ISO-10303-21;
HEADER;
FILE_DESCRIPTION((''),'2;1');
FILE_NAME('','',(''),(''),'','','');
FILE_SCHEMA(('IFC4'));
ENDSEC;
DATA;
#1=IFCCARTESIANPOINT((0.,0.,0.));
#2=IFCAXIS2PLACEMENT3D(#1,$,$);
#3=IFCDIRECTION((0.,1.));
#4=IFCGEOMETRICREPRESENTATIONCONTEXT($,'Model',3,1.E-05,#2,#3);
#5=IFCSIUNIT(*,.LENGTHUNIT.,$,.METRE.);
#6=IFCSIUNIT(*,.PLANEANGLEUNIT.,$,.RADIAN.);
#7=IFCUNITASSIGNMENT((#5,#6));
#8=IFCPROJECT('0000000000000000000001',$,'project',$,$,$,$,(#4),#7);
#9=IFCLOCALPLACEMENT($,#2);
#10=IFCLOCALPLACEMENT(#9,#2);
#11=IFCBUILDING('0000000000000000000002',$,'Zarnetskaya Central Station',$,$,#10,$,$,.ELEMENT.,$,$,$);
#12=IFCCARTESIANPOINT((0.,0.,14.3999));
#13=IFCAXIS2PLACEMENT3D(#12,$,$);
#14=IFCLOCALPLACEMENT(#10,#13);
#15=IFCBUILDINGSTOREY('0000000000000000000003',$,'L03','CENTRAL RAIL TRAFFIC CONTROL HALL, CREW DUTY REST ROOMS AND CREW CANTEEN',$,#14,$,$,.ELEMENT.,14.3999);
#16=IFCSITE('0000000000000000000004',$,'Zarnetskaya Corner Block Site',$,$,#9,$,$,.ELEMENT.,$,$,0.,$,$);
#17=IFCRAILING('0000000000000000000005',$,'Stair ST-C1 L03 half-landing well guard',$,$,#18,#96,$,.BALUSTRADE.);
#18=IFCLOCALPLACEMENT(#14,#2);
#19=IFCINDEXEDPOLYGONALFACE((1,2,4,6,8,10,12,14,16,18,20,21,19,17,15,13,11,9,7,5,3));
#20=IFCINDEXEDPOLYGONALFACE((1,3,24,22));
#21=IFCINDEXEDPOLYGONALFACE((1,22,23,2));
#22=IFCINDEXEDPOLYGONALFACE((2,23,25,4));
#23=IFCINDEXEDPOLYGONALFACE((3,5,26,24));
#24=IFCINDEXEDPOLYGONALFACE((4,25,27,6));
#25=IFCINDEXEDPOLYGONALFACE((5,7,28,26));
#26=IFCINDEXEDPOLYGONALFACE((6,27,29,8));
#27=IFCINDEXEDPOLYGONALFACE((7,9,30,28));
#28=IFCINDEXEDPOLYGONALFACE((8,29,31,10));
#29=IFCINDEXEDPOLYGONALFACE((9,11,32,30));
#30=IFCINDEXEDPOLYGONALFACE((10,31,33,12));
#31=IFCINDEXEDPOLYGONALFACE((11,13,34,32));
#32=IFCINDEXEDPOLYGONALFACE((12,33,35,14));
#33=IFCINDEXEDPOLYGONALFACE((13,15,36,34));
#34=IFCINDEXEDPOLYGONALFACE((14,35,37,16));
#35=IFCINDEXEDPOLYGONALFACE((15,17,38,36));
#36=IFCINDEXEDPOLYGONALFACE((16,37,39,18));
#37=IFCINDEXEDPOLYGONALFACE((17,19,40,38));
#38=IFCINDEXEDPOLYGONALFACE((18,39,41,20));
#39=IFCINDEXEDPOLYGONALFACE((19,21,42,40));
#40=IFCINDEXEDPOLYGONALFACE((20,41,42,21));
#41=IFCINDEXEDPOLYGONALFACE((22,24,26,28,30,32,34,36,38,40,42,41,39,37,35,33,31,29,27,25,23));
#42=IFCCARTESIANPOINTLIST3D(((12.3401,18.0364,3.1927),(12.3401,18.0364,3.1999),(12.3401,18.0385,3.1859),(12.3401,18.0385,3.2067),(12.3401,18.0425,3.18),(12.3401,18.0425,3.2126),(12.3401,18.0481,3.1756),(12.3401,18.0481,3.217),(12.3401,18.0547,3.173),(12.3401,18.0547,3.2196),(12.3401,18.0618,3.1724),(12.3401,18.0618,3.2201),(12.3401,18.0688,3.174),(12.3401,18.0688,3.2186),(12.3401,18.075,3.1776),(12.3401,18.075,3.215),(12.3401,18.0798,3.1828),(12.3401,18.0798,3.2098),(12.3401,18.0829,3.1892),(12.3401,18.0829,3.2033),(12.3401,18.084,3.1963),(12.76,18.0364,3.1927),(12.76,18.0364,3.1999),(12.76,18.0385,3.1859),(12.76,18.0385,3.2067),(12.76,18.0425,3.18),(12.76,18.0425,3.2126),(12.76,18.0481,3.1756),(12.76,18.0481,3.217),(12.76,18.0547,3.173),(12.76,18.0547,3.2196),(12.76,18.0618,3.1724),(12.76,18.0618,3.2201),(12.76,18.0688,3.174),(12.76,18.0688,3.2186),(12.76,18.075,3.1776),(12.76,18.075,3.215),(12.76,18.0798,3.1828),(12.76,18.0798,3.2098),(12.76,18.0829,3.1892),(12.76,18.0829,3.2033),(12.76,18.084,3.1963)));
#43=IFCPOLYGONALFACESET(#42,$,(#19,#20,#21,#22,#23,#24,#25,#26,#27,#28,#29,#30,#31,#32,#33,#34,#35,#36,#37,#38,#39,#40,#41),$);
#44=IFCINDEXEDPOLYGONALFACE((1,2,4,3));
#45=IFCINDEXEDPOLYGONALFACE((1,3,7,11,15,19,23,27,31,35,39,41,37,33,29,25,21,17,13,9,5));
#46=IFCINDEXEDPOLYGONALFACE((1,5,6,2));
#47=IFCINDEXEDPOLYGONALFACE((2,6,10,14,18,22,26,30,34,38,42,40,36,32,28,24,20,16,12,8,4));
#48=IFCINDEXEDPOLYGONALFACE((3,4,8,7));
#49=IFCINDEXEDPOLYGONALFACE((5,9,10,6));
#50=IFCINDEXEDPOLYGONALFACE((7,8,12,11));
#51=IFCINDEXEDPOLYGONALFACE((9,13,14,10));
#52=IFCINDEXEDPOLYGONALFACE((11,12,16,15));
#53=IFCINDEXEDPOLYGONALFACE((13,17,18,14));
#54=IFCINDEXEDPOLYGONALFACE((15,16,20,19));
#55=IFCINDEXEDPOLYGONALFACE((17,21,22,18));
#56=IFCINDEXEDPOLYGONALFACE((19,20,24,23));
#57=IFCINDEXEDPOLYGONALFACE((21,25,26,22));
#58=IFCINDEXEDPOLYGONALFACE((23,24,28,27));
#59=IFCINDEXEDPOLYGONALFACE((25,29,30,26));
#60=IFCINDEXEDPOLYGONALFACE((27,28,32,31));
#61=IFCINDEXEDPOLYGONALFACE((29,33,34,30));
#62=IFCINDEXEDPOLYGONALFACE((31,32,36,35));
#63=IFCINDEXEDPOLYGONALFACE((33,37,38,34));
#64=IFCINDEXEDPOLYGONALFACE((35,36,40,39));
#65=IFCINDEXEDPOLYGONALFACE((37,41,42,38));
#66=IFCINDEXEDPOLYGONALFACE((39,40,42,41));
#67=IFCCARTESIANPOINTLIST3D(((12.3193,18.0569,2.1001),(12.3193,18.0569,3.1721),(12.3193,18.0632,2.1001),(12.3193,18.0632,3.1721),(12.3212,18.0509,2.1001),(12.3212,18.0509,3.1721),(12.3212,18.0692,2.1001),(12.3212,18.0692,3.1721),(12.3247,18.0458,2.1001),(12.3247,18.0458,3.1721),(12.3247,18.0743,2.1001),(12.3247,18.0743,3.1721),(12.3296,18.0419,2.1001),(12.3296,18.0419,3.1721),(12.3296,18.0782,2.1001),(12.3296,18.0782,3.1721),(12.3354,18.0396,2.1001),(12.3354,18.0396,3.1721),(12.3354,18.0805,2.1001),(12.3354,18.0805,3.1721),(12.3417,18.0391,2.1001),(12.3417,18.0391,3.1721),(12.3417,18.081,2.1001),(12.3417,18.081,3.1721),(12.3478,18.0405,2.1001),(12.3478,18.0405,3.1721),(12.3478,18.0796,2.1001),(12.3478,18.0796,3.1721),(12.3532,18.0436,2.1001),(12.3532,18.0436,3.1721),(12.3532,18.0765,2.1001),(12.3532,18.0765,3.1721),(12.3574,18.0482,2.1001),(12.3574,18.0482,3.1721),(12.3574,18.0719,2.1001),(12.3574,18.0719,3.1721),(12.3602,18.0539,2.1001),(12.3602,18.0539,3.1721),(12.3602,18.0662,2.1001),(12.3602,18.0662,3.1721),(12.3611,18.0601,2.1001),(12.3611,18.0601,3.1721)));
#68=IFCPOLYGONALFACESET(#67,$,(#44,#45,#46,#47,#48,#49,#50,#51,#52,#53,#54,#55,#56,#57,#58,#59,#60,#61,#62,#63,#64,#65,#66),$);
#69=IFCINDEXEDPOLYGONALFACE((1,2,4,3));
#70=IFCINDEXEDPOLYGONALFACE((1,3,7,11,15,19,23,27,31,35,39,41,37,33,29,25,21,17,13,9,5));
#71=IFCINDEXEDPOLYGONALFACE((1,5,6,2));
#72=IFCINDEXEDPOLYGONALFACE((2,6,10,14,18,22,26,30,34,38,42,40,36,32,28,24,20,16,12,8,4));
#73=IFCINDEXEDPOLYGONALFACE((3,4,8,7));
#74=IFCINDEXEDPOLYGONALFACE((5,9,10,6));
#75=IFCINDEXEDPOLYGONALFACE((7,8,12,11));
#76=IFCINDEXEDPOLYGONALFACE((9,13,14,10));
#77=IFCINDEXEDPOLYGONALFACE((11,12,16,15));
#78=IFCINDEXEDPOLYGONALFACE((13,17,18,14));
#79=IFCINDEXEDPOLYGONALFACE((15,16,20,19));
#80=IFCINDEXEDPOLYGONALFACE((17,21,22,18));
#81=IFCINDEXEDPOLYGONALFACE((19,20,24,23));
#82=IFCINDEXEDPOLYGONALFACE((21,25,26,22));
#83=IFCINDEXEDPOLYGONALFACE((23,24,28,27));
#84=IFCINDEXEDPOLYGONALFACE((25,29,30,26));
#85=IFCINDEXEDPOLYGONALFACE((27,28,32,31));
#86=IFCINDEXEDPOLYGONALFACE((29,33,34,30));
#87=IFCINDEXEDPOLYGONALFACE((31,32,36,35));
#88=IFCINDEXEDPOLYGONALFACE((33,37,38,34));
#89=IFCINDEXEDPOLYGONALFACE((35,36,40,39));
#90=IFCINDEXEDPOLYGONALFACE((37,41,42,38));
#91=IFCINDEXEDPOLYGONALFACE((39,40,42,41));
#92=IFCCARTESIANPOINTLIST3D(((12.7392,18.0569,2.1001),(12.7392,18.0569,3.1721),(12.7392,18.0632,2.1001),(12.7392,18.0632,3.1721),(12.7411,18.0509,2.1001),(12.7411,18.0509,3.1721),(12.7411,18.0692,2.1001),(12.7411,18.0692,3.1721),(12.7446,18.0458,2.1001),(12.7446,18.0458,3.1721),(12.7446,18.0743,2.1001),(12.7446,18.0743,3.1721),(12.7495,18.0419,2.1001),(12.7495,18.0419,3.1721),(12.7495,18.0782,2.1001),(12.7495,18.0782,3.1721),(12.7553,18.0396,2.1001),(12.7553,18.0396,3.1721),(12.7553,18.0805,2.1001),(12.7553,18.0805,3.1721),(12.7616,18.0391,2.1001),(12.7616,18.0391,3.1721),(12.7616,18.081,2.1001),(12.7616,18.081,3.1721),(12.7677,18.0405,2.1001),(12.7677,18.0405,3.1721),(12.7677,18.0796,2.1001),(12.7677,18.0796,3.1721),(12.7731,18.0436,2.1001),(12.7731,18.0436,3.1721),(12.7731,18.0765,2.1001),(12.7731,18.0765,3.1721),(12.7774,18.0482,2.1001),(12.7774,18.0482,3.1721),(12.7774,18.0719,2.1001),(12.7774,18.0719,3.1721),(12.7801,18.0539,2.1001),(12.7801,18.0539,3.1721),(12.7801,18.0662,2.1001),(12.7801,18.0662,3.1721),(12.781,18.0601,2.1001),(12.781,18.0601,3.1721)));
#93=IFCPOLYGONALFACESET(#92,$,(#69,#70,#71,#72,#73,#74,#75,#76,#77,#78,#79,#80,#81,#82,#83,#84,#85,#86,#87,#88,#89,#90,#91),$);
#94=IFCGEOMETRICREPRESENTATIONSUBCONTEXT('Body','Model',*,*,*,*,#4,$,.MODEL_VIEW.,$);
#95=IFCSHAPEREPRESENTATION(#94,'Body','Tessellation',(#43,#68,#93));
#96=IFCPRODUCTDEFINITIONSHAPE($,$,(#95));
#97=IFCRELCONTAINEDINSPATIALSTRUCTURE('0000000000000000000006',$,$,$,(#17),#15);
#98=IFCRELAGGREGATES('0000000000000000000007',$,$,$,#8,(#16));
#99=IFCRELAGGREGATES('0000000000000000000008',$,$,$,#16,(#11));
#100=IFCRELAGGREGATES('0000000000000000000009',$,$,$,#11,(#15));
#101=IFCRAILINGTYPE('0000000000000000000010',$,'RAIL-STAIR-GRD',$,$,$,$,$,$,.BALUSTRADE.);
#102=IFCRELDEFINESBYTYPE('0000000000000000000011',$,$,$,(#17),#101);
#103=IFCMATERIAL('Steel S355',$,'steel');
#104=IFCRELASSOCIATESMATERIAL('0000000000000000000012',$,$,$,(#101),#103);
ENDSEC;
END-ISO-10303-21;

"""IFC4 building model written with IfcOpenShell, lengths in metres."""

from ifc_helpers import new_model, si_unit, direction, frame, origin, origin_2d, place, context, subcontext, project, spatial, circle, extrude, material, type_object, element, save


model = new_model("IFC4")

# Units and contexts
model_context = context("Model", 3, precision=1e-05, world=origin(), true_north=direction((0.0, 1.0)))
body_context = subcontext(model_context, "Body", "Model", "MODEL_VIEW")
ifc_project = project(units=[si_unit("LENGTHUNIT", "METRE"), si_unit("PLANEANGLEUNIT", "RADIAN")], contexts=[model_context])

# Site, building, storey
site_placement = place(None, origin())
site = spatial("IfcSite", under=ifc_project, at=site_placement, Name="Zarnetskaya Corner Block Site", CompositionType="ELEMENT", RefElevation=0.0)
building_placement = place(site_placement, origin())
building = spatial("IfcBuilding", under=site, at=building_placement, Name="Zarnetskaya Central Station", CompositionType="ELEMENT")
storey_placement = place(building_placement, frame((0.0, 0.0, 14.3999)))
storey = spatial("IfcBuildingStorey", under=building, at=storey_placement, Name="L03", Description="CENTRAL RAIL TRAFFIC CONTROL HALL, CREW DUTY REST ROOMS AND CREW CANTEEN", CompositionType="ELEMENT", Elevation=14.3999)

# Shared definitions
ifc_material_1 = material(Name="Steel S355", Category="steel")

# Railing
railing_type_1 = type_object("IfcRailingType", Name="RAIL-STAIR-GRD", PredefinedType="BALUSTRADE", material=ifc_material_1)
railing_1_placement = place(storey_placement, frame((12.3401, 18.0601, 2.1001)))
element("IfcRailing", 1, at=railing_1_placement, inside=storey, type_object=railing_type_1, Name="Stair ST-C1 L03 half-landing well guard", PredefinedType="BALUSTRADE", context=body_context, shape_type="SweptSolid", body=[
    extrude(circle(Radius=0.0239, at=origin_2d()), frame((0.0, 0.0, 1.0962), z_axis=(1.0, 0.0, 0.0), x_axis=(0.0, 1.0, 0.0)), (0.0, 0.0, 1.0), 0.4199),
    extrude(circle(Radius=0.021, at=origin_2d()), origin(), (0.0, 0.0, 1.0), 1.072),
    extrude(circle(Radius=0.021, at=origin_2d()), frame((0.4199, 0.0, 0.0)), (0.0, 0.0, 1.0), 1.072),
])

save(model, "model.ifc")
